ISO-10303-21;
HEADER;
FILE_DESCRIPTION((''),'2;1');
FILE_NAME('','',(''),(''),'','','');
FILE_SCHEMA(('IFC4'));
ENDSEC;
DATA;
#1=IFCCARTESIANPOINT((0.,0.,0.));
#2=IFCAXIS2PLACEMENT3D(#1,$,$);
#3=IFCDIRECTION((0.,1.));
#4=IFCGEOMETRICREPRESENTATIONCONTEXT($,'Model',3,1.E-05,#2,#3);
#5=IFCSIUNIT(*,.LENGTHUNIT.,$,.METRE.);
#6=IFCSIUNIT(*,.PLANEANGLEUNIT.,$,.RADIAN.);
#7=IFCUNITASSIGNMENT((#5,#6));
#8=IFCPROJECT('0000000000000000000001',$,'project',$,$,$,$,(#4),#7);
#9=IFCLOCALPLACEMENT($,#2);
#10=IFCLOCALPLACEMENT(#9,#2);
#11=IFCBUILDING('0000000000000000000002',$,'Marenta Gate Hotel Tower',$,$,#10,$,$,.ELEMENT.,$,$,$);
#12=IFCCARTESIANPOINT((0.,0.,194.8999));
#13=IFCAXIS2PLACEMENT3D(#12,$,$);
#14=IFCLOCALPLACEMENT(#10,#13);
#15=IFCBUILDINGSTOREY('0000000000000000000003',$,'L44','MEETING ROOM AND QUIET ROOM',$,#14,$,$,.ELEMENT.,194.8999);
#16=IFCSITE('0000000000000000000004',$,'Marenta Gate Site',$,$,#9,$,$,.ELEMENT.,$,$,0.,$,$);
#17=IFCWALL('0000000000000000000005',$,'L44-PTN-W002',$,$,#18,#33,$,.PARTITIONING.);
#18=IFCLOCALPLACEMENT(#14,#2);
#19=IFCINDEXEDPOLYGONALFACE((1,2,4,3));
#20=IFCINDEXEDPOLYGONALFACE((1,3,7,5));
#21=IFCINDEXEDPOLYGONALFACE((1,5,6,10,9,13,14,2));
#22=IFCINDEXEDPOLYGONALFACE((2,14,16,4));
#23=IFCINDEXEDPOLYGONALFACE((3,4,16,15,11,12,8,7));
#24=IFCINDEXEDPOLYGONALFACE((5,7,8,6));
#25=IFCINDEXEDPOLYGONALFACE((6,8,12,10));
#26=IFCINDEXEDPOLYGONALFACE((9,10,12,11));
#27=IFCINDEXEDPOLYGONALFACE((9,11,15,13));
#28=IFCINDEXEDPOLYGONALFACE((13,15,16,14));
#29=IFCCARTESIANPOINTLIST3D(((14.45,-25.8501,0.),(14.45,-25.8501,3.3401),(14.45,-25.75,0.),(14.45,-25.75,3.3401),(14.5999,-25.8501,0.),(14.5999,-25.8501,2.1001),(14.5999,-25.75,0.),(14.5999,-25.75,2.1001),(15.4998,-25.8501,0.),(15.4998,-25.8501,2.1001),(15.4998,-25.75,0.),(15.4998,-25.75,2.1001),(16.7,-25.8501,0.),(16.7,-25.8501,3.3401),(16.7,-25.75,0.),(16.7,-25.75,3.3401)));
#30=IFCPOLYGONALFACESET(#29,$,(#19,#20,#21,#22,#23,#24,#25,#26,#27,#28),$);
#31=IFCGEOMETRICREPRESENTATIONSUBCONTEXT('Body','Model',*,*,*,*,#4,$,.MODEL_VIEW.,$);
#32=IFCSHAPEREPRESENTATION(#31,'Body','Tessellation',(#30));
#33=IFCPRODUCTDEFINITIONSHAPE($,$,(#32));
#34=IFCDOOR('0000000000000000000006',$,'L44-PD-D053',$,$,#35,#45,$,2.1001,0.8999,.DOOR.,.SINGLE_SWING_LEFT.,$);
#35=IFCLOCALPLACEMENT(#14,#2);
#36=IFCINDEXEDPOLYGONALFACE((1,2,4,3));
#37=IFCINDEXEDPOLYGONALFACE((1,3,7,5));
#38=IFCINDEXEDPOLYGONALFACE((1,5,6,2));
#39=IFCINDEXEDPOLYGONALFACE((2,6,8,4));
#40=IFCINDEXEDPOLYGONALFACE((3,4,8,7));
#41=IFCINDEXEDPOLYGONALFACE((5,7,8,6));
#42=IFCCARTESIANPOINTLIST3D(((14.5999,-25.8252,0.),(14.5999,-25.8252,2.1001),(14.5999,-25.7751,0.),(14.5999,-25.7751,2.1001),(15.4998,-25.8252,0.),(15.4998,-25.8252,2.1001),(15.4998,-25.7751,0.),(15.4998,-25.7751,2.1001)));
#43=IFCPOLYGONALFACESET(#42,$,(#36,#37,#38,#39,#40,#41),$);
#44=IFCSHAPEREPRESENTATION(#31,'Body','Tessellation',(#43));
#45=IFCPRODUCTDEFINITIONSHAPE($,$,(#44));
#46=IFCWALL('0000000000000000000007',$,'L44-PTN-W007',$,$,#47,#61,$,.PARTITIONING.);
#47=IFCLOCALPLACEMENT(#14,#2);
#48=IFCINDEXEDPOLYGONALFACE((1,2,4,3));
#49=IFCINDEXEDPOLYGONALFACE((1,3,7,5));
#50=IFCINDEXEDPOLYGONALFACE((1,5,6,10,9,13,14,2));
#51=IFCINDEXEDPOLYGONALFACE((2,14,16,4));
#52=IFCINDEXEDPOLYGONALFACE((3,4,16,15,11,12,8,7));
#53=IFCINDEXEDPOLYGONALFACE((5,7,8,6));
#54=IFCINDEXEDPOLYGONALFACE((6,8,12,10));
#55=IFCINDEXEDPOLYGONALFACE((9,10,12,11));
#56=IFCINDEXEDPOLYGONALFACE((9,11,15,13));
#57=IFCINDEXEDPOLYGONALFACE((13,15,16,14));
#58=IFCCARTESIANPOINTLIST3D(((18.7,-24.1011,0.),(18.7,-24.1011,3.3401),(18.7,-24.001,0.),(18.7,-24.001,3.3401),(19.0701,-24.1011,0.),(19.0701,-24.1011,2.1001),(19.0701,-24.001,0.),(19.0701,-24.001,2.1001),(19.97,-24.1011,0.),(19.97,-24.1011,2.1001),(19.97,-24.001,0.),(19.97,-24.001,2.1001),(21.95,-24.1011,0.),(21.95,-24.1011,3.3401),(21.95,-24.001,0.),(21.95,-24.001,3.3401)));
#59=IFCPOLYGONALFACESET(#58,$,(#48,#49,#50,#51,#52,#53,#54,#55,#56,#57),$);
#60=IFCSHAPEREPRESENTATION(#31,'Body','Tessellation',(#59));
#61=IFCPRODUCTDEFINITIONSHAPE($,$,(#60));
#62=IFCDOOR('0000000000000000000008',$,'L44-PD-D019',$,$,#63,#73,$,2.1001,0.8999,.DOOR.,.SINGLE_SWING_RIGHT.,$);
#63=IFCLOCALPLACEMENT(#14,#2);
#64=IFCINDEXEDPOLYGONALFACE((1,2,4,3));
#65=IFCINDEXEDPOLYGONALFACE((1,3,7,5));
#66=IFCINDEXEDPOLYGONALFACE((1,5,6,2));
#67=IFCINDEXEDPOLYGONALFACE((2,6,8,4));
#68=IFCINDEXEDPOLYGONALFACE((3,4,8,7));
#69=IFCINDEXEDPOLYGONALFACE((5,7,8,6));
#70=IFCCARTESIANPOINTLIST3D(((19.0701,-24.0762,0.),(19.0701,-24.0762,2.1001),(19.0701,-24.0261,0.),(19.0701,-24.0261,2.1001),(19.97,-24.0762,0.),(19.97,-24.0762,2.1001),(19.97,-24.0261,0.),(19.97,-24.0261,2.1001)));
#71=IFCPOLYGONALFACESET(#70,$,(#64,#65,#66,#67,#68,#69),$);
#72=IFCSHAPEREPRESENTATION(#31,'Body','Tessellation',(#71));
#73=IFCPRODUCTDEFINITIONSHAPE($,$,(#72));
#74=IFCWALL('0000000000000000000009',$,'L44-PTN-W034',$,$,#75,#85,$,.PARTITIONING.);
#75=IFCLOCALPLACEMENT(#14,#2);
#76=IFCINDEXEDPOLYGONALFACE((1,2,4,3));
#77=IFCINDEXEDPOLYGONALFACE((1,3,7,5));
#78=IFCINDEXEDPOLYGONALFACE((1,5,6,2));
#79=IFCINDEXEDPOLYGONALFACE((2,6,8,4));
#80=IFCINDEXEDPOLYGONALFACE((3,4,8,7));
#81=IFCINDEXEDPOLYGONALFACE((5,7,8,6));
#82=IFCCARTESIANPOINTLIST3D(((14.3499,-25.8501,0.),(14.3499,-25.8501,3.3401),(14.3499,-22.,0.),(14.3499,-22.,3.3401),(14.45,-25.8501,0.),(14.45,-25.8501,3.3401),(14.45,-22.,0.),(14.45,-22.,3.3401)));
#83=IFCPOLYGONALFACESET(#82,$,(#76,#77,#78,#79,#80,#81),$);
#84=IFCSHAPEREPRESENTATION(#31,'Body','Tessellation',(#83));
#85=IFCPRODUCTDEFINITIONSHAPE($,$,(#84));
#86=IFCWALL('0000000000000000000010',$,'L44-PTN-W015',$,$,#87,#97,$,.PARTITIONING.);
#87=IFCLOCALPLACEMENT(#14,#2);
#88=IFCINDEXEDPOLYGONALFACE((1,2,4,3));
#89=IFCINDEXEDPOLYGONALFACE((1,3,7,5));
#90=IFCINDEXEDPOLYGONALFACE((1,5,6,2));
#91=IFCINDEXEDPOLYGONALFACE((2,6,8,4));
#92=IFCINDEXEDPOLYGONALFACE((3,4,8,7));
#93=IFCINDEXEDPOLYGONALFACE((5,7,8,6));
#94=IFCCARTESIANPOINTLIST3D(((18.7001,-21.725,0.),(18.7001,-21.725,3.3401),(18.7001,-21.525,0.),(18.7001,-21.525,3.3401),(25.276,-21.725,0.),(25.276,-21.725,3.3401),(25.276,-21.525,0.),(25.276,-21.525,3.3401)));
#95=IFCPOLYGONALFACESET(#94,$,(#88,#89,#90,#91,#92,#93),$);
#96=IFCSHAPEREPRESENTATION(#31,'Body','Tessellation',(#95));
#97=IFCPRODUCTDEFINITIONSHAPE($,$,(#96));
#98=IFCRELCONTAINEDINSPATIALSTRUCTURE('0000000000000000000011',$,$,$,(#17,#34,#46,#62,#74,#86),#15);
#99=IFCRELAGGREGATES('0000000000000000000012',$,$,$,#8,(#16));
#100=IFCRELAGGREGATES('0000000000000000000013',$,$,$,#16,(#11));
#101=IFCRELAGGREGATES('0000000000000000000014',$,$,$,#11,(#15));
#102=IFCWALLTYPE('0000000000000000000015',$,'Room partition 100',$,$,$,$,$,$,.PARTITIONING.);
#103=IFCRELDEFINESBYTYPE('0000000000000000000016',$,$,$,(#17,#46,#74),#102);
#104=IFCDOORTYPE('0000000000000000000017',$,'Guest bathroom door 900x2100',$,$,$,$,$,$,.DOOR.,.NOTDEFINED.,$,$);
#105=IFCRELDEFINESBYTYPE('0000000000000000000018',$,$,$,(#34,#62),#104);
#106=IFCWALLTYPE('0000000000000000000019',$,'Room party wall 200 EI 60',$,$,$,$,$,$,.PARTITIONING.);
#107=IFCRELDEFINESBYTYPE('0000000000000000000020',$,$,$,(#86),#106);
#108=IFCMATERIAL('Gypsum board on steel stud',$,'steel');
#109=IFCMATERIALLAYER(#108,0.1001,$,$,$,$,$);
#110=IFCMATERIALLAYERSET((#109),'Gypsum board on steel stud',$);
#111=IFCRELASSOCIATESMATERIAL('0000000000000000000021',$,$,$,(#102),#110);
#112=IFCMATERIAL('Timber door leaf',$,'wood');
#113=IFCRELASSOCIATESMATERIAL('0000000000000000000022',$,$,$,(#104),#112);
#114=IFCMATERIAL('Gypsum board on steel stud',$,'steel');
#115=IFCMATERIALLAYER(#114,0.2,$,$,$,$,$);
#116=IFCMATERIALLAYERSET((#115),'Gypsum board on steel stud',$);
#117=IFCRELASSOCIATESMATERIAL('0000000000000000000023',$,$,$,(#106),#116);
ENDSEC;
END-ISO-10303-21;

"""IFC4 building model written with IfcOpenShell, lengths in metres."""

from ifc_helpers import new_model, si_unit, direction, frame, frame_2d, origin, place, context, subcontext, project, spatial, rectangle, extrude, material, layer, layer_set, type_object, element, fill, save


model = new_model("IFC4")

# Units and contexts
model_context = context("Model", 3, precision=1e-05, world=origin(), true_north=direction((0.0, 1.0)))
body_context = subcontext(model_context, "Body", "Model", "MODEL_VIEW")
ifc_project = project(units=[si_unit("LENGTHUNIT", "METRE"), si_unit("PLANEANGLEUNIT", "RADIAN")], contexts=[model_context])

# Site, building, storey
site_placement = place(None, origin())
site = spatial("IfcSite", under=ifc_project, at=site_placement, Name="Marenta Gate Site", CompositionType="ELEMENT", RefElevation=0.0)
building_placement = place(site_placement, origin())
building = spatial("IfcBuilding", under=site, at=building_placement, Name="Marenta Gate Hotel Tower", CompositionType="ELEMENT")
storey_placement = place(building_placement, frame((0.0, 0.0, 194.8999)))
storey = spatial("IfcBuildingStorey", under=building, at=storey_placement, Name="L44", Description="MEETING ROOM AND QUIET ROOM", CompositionType="ELEMENT", Elevation=194.8999)

# Walls, openings, doors
ifc_material_1 = material(Name="Gypsum board on steel stud", Category="steel")
ifc_layer_1 = layer(ifc_material_1, 0.1001)
ifc_layer_set_1 = layer_set([ifc_layer_1], Name="Gypsum board on steel stud")
wall_type_1 = type_object("IfcWallType", Name="Room partition 100", PredefinedType="PARTITIONING", material=ifc_layer_set_1)
wall_1_placement = place(storey_placement, frame((14.45, -25.8, 0.0), z_axis=(0.0, 0.0, 1.0), x_axis=(1.0, 0.0, 0.0)))
wall_1 = element("IfcWall", 1, at=wall_1_placement, inside=storey, type_object=wall_type_1, Name="L44-PTN-W002", PredefinedType="PARTITIONING", context=body_context, shape_type="SweptSolid", body=[
    extrude(rectangle(XDim=2.25, YDim=0.1001, at=frame_2d((1.125, 0.0))), origin(), (0.0, 0.0, 1.0), 3.3401),
])
opening_1_placement = place(wall_1_placement, frame((0.1499, 0.0, 0.0)))
opening_1 = element("IfcOpeningElement", 2, at=opening_1_placement, cuts=wall_1, PredefinedType="OPENING", context=body_context, shape_type="SweptSolid", body=[
    extrude(rectangle(XDim=0.8999, YDim=2.1001, at=frame_2d((0.45, 1.05))), frame((0.0, 0.05, 0.0), z_axis=(0.0, -1.0, 0.0), x_axis=(1.0, 0.0, 0.0)), (0.0, 0.0, 1.0), 0.1001),
])
ifc_material_2 = material(Name="Timber door leaf", Category="wood")
door_type_1 = type_object("IfcDoorType", Name="Guest bathroom door 900x2100", OperationType="NOTDEFINED", PredefinedType="DOOR", material=ifc_material_2)
door_1_placement = place(opening_1_placement, origin())
door_1 = element("IfcDoor", 3, at=door_1_placement, inside=storey, type_object=door_type_1, Name="L44-PD-D053", OperationType="SINGLE_SWING_LEFT", OverallHeight=2.1001, OverallWidth=0.8999, PredefinedType="DOOR", context=body_context, shape_type="SweptSolid", body=[
    extrude(rectangle(XDim=0.8999, YDim=2.1001, at=frame_2d((0.45, 1.05))), frame((0.0, 0.0249, 0.0), z_axis=(0.0, -1.0, 0.0), x_axis=(1.0, 0.0, 0.0)), (0.0, 0.0, 1.0), 0.05),
])
fill(opening_1, door_1)
wall_2_placement = place(storey_placement, frame((18.7, -24.051, 0.0), z_axis=(0.0, 0.0, 1.0), x_axis=(1.0, 0.0, 0.0)))
wall_2 = element("IfcWall", 4, at=wall_2_placement, inside=storey, type_object=wall_type_1, Name="L44-PTN-W007", PredefinedType="PARTITIONING", context=body_context, shape_type="SweptSolid", body=[
    extrude(rectangle(XDim=3.25, YDim=0.1001, at=frame_2d((1.625, 0.0))), origin(), (0.0, 0.0, 1.0), 3.3401),
])
opening_2_placement = place(wall_2_placement, frame((0.3701, 0.0, 0.0)))
opening_2 = element("IfcOpeningElement", 5, at=opening_2_placement, cuts=wall_2, PredefinedType="OPENING", context=body_context, shape_type="SweptSolid", body=[
    extrude(rectangle(XDim=0.8999, YDim=2.1001, at=frame_2d((0.45, 1.05))), frame((0.0, 0.05, 0.0), z_axis=(0.0, -1.0, 0.0), x_axis=(1.0, 0.0, 0.0)), (0.0, 0.0, 1.0), 0.1001),
])
door_2_placement = place(opening_2_placement, origin())
door_2 = element("IfcDoor", 6, at=door_2_placement, inside=storey, type_object=door_type_1, Name="L44-PD-D019", OperationType="SINGLE_SWING_RIGHT", OverallHeight=2.1001, OverallWidth=0.8999, PredefinedType="DOOR", context=body_context, shape_type="SweptSolid", body=[
    extrude(rectangle(XDim=0.8999, YDim=2.1001, at=frame_2d((0.45, 1.05))), frame((0.0, 0.0249, 0.0), z_axis=(0.0, -1.0, 0.0), x_axis=(1.0, 0.0, 0.0)), (0.0, 0.0, 1.0), 0.05),
])
fill(opening_2, door_2)

# Walls
wall_3_placement = place(storey_placement, frame((14.3999, -25.8501, 0.0), z_axis=(0.0, 0.0, 1.0), x_axis=(0.0, 1.0, 0.0)))
element("IfcWall", 7, at=wall_3_placement, inside=storey, type_object=wall_type_1, Name="L44-PTN-W034", PredefinedType="PARTITIONING", context=body_context, shape_type="SweptSolid", body=[
    extrude(rectangle(XDim=3.8501, YDim=0.1001, at=frame_2d((1.925, 0.0))), origin(), (0.0, 0.0, 1.0), 3.3401),
])
ifc_material_3 = material(Name="Gypsum board on steel stud", Category="steel")
ifc_layer_2 = layer(ifc_material_3, 0.2)
ifc_layer_set_2 = layer_set([ifc_layer_2], Name="Gypsum board on steel stud")
wall_type_2 = type_object("IfcWallType", Name="Room party wall 200 EI 60", PredefinedType="PARTITIONING", material=ifc_layer_set_2)
wall_4_placement = place(storey_placement, frame((18.7, -21.625, 0.0), z_axis=(0.0, 0.0, 1.0), x_axis=(1.0, 0.0, 0.0)))
element("IfcWall", 8, at=wall_4_placement, inside=storey, type_object=wall_type_2, Name="L44-PTN-W015", PredefinedType="PARTITIONING", context=body_context, shape_type="SweptSolid", body=[
    extrude(rectangle(XDim=6.5759, YDim=0.2, at=frame_2d((3.2881, 0.0))), origin(), (0.0, 0.0, 1.0), 3.3401),
])

save(model, "model.ifc")
